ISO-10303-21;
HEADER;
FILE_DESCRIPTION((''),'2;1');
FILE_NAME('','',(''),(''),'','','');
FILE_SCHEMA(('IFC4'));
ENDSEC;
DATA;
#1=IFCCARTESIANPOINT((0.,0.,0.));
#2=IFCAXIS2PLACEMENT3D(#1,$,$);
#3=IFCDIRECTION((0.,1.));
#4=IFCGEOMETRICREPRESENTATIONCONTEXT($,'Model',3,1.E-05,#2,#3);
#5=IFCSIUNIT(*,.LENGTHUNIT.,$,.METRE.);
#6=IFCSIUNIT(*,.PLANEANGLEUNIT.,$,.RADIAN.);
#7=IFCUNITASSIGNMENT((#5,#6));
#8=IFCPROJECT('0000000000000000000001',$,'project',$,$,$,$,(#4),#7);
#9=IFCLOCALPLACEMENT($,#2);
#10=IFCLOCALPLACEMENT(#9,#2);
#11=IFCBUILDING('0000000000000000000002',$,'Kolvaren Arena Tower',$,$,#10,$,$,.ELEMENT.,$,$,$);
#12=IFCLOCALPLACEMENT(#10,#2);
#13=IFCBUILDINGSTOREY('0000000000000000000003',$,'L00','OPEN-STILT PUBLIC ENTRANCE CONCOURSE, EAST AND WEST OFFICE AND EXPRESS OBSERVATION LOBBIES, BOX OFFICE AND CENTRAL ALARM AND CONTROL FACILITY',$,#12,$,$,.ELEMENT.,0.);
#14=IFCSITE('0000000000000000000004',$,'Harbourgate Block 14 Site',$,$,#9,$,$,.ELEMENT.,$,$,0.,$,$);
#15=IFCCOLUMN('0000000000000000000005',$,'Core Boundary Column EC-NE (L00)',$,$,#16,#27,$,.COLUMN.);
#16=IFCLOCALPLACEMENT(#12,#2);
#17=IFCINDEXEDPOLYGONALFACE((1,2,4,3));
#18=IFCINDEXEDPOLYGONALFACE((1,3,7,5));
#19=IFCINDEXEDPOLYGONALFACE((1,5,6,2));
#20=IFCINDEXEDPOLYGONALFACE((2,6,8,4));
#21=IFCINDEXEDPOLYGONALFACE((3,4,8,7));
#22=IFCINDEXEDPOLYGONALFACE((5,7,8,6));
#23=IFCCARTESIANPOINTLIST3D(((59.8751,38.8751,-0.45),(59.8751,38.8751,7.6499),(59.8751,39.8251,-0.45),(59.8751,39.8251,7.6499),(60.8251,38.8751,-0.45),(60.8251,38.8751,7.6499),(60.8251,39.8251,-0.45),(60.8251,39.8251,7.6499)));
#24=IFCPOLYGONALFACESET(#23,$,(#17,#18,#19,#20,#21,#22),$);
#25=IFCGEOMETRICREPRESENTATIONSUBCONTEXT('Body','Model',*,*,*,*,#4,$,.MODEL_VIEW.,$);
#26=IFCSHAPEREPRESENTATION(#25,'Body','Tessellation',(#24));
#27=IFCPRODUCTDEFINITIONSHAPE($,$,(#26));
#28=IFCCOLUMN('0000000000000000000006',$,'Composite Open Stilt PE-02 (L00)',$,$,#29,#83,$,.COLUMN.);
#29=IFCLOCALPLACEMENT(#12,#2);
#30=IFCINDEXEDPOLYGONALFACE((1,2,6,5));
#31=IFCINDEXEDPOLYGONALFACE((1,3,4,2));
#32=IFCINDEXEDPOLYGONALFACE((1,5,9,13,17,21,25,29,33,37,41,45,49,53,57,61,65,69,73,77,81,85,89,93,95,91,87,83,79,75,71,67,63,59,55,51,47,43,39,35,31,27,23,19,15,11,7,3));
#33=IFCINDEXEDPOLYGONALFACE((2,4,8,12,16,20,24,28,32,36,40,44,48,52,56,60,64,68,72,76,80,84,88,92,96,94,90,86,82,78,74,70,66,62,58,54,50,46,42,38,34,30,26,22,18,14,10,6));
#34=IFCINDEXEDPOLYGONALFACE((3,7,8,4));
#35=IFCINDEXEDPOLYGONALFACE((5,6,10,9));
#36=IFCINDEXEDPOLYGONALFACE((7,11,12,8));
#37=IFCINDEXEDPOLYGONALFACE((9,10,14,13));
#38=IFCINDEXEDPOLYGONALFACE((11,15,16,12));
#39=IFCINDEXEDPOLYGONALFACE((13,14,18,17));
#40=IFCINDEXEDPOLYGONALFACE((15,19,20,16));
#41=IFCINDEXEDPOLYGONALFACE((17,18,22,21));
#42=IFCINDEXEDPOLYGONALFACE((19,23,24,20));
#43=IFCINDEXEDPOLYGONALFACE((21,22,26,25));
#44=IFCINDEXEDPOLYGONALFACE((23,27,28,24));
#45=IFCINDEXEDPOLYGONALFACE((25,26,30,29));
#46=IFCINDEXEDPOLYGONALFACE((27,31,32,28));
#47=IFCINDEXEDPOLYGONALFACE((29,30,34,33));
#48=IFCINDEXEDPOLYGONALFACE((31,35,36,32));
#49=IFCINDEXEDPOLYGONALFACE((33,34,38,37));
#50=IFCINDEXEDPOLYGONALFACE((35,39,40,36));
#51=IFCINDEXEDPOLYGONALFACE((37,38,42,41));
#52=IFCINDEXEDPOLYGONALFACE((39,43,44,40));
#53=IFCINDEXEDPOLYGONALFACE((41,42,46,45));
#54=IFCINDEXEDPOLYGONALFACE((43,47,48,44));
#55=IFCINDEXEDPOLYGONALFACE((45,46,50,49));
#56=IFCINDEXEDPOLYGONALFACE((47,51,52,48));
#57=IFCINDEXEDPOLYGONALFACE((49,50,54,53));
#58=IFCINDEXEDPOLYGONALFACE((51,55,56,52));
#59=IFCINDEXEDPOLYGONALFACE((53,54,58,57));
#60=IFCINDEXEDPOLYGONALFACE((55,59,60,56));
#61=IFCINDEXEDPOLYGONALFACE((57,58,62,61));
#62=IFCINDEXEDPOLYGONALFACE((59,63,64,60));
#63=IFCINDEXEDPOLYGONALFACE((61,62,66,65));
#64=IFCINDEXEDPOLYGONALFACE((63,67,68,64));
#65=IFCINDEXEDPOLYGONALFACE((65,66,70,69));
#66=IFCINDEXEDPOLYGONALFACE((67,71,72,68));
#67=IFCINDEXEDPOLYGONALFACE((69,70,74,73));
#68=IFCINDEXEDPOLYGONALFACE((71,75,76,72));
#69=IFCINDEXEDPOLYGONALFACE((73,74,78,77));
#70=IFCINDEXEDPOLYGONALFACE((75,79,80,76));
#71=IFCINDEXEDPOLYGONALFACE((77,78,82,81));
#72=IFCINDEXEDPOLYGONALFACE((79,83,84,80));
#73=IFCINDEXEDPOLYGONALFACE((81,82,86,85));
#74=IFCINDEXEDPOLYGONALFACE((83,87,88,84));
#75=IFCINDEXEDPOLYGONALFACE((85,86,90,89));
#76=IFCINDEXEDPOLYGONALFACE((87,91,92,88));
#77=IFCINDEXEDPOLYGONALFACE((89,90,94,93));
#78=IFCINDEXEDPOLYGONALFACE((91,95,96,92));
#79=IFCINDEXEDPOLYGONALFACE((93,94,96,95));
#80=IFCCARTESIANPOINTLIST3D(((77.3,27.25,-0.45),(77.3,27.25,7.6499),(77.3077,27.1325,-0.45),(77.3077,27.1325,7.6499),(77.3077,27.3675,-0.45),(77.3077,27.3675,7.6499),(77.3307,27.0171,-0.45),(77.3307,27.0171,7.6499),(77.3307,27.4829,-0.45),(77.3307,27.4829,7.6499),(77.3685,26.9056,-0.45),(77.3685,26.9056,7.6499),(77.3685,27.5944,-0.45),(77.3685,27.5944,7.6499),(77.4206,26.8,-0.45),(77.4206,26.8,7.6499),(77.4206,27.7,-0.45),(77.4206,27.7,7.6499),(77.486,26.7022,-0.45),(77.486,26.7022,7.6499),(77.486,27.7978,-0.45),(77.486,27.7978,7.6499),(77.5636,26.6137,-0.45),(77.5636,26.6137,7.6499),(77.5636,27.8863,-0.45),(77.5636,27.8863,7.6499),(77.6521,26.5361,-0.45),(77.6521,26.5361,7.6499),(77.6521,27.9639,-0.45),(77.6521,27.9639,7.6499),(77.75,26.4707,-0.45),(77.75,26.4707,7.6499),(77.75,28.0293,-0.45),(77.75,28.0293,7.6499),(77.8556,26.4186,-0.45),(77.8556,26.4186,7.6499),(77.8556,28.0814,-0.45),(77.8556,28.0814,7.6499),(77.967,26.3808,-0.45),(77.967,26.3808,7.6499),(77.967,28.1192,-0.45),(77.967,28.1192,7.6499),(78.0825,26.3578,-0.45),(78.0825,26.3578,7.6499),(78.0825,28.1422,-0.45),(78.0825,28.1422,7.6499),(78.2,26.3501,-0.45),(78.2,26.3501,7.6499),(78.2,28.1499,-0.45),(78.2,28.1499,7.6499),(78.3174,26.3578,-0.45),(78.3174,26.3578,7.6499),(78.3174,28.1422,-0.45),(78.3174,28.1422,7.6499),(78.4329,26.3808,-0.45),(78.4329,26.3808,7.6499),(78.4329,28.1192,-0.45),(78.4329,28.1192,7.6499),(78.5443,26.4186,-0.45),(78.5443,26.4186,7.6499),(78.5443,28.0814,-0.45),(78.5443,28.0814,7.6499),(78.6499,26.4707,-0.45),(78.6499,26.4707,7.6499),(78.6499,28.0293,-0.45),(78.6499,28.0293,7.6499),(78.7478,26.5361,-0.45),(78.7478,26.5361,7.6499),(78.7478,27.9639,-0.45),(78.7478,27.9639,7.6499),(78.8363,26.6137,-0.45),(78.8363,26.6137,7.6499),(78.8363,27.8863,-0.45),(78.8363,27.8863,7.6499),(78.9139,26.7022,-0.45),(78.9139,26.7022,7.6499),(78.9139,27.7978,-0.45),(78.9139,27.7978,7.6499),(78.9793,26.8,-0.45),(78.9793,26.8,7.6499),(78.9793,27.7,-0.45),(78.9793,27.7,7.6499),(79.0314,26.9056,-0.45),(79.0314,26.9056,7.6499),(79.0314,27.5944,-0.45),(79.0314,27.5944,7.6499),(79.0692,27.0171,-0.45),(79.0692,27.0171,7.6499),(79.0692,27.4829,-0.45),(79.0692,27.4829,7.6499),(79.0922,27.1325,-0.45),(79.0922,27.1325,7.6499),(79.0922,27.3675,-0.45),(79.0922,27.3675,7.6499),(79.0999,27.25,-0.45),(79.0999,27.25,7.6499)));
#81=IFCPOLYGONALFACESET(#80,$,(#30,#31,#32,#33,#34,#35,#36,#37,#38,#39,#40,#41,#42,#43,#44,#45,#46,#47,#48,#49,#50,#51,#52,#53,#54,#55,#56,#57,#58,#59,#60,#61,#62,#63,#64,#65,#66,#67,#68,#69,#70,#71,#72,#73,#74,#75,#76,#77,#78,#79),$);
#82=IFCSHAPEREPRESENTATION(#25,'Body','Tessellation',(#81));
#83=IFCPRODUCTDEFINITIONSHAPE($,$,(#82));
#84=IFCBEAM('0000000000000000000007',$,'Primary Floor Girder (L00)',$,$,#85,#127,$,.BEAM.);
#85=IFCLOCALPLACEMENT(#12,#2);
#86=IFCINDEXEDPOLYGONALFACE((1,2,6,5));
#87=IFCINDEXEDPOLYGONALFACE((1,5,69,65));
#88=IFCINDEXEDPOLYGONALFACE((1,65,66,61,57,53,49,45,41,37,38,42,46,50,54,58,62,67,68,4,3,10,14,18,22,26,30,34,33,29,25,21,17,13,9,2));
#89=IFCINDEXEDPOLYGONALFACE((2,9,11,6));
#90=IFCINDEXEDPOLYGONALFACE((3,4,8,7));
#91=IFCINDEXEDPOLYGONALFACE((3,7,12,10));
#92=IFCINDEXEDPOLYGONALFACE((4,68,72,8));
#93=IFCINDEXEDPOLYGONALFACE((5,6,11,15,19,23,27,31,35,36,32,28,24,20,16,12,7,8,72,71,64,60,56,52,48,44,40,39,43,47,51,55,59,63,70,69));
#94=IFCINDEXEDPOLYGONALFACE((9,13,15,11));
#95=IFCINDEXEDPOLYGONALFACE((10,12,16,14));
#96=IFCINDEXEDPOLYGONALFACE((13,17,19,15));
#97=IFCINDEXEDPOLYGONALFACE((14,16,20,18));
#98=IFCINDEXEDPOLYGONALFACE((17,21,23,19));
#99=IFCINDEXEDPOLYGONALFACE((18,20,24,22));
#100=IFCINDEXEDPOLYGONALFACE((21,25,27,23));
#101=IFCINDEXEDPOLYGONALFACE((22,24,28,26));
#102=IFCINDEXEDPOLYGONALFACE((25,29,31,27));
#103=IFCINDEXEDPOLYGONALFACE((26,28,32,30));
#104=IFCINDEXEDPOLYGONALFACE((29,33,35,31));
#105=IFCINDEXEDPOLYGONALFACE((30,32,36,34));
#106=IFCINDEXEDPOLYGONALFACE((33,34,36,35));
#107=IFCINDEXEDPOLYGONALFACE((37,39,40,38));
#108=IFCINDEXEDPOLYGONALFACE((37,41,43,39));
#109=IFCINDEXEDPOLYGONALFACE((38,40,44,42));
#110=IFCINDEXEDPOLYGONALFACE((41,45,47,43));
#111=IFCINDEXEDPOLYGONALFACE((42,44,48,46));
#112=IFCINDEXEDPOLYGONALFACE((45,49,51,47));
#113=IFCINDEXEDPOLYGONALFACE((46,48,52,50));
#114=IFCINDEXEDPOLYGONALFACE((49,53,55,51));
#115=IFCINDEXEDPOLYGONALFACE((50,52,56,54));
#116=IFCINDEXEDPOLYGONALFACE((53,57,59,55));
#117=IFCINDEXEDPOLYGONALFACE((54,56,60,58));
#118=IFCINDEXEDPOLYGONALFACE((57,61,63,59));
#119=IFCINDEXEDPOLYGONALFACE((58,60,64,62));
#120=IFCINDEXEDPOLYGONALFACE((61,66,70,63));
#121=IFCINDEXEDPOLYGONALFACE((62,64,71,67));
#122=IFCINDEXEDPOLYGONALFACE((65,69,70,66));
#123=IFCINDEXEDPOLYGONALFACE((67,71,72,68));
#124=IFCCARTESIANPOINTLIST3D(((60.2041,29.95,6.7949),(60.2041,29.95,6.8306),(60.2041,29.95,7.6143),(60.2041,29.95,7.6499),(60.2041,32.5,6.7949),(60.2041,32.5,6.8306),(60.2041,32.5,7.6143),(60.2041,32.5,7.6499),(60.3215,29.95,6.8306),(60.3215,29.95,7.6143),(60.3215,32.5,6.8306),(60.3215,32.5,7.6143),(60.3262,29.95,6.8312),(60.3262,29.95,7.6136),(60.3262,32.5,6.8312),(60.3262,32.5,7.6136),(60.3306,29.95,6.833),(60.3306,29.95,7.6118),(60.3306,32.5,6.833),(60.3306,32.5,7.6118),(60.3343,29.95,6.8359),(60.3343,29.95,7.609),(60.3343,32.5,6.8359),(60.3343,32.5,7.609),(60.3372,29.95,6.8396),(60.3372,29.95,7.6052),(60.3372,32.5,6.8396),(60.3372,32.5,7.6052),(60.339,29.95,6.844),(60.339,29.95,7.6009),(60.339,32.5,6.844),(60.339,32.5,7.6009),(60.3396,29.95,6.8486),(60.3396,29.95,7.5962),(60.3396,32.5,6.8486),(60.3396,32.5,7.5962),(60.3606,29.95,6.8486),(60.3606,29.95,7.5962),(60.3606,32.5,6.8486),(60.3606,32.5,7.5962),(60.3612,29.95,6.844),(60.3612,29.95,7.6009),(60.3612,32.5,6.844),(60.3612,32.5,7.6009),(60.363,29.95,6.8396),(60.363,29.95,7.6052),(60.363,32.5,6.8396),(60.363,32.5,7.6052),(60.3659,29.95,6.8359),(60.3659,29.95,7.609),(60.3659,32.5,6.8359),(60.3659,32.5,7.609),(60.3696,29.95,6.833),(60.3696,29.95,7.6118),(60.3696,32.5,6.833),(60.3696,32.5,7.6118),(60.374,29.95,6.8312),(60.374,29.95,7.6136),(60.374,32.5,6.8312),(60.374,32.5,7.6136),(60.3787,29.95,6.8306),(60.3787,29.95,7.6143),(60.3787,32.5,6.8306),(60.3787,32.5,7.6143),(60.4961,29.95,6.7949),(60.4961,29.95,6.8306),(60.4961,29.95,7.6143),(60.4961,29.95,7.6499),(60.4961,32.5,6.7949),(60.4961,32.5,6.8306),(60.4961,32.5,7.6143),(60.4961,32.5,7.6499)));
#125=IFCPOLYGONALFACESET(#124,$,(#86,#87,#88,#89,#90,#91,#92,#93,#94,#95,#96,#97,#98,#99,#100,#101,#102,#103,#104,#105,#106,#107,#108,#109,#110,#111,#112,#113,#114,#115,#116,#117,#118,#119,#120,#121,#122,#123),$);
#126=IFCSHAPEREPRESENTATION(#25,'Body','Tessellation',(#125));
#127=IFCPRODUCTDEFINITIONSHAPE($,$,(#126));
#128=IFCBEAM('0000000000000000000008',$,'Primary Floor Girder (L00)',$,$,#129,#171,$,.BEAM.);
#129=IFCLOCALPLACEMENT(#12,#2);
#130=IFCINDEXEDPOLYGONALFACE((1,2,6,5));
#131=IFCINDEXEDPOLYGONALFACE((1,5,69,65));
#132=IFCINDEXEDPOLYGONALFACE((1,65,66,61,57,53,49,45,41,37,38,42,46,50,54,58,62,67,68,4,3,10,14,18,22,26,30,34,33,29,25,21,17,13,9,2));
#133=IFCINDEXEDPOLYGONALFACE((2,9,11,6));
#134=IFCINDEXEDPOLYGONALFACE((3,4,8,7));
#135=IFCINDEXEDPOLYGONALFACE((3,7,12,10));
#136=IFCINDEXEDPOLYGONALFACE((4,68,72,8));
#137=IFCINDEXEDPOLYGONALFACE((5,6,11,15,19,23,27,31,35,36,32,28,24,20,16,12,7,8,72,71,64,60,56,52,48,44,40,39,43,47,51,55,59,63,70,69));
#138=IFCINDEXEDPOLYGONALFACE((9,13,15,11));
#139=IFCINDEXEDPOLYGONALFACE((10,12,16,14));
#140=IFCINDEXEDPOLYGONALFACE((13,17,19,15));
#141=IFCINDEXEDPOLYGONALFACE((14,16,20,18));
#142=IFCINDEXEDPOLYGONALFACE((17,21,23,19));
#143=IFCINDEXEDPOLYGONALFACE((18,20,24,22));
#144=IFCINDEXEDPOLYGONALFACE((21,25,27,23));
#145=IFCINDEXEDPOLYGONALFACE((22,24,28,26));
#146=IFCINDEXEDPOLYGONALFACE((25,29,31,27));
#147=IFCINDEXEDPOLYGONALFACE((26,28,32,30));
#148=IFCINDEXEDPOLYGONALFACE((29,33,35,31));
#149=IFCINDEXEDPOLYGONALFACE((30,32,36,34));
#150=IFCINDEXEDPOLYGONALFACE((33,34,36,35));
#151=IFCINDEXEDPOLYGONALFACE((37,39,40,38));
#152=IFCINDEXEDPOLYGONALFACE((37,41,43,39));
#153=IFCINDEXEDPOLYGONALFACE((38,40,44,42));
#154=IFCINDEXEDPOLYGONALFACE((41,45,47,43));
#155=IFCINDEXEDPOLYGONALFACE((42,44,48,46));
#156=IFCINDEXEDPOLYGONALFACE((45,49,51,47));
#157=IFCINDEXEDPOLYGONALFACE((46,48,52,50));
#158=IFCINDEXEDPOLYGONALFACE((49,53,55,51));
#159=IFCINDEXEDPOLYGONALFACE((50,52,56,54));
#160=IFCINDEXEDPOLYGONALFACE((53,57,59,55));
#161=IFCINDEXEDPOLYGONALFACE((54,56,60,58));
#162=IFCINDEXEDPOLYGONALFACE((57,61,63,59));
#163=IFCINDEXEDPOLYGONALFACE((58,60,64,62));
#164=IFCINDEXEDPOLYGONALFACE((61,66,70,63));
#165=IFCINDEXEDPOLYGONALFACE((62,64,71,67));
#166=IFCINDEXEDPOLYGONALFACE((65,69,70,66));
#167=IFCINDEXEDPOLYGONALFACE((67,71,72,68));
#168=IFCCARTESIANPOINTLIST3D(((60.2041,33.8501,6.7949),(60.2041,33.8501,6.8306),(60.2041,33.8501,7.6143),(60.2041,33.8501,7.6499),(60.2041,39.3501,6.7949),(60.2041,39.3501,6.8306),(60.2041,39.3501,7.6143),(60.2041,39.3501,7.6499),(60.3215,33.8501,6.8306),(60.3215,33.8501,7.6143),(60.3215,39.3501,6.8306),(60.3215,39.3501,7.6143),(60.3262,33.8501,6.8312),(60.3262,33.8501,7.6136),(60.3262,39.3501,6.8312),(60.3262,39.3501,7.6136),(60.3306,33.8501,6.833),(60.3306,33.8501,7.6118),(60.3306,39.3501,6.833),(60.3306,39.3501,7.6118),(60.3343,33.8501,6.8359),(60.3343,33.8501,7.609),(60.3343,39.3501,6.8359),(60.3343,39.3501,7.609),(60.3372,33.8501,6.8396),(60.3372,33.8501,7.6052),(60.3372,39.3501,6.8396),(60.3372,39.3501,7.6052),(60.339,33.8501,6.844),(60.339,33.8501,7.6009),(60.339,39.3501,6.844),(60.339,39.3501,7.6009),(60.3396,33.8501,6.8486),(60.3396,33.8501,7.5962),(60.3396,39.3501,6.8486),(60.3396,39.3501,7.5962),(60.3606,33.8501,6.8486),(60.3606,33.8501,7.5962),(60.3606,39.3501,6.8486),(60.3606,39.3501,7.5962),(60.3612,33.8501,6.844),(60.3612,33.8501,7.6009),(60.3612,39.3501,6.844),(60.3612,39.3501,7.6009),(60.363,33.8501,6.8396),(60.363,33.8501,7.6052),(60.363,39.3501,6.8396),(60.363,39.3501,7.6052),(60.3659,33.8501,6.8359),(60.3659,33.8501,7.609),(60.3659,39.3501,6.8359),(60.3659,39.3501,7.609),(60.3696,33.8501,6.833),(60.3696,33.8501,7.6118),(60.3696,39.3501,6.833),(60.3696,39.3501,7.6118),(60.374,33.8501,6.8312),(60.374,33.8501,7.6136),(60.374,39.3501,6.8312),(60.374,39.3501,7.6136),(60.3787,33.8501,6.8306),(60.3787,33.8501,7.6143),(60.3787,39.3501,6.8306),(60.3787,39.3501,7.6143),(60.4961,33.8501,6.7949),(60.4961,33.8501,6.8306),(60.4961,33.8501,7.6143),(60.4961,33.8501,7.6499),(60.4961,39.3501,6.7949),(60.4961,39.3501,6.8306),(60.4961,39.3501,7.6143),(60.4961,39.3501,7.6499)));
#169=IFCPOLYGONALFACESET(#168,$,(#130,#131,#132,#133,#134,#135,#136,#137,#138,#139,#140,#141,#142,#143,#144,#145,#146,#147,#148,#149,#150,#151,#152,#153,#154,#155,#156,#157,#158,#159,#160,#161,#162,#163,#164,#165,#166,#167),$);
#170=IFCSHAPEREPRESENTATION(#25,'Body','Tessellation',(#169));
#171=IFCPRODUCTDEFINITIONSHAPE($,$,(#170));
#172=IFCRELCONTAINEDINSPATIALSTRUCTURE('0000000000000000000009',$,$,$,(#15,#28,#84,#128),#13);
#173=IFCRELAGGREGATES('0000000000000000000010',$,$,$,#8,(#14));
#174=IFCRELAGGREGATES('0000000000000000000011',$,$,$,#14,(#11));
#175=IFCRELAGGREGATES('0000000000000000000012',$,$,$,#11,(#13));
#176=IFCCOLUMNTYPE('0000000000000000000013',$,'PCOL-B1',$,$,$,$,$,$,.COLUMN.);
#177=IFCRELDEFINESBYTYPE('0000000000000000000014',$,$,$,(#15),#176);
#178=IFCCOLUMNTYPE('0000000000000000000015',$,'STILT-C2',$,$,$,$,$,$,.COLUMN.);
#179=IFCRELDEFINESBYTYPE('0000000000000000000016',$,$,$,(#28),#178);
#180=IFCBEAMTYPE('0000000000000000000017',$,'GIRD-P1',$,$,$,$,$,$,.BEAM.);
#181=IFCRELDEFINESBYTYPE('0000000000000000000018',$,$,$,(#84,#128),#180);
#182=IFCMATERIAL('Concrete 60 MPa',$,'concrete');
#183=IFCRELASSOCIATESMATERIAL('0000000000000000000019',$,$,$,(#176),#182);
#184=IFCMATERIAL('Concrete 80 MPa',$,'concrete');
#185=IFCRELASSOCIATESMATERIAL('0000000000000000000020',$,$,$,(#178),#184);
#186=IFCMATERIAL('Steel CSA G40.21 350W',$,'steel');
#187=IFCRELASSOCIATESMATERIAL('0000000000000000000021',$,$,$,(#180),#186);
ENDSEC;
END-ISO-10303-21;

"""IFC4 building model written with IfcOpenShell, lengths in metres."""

from ifc_helpers import new_model, si_unit, direction, frame, origin, origin_2d, place, context, subcontext, project, spatial, rectangle, circle, i_section, extrude, material, material_profile, profile_set, type_object, element, save


model = new_model("IFC4")

# Units and contexts
model_context = context("Model", 3, precision=1e-05, world=origin(), true_north=direction((0.0, 1.0)))
body_context = subcontext(model_context, "Body", "Model", "MODEL_VIEW")
ifc_project = project(units=[si_unit("LENGTHUNIT", "METRE"), si_unit("PLANEANGLEUNIT", "RADIAN")], contexts=[model_context])

# Site, building, storey
site_placement = place(None, origin())
site = spatial("IfcSite", under=ifc_project, at=site_placement, Name="Harbourgate Block 14 Site", CompositionType="ELEMENT", RefElevation=0.0)
building_placement = place(site_placement, origin())
building = spatial("IfcBuilding", under=site, at=building_placement, Name="Kolvaren Arena Tower", CompositionType="ELEMENT")
storey_placement = place(building_placement, origin())
storey = spatial("IfcBuildingStorey", under=building, at=storey_placement, Name="L00", Description="OPEN-STILT PUBLIC ENTRANCE CONCOURSE, EAST AND WEST OFFICE AND EXPRESS OBSERVATION LOBBIES, BOX OFFICE AND CENTRAL ALARM AND CONTROL FACILITY", CompositionType="ELEMENT", Elevation=0.0)

# Columns
ifc_material_1 = material(Name="Concrete 60 MPa", Category="concrete")
ifc_material_profile_1 = material_profile(ifc_material_1, rectangle(XDim=0.95, YDim=0.95, at=origin_2d()), Name="RC-950x950")
ifc_profile_set_1 = profile_set([ifc_material_profile_1], Name="Concrete 60 MPa")
column_type_1 = type_object("IfcColumnType", Name="PCOL-B1", PredefinedType="COLUMN", material=ifc_profile_set_1)
column_1_placement = place(storey_placement, frame((60.3501, 39.3501, -0.45), z_axis=(0.0, 0.0, 1.0), x_axis=(1.0, 0.0, 0.0)))
element("IfcColumn", 1, at=column_1_placement, inside=storey, type_object=column_type_1, Name="Core Boundary Column EC-NE (L00)", PredefinedType="COLUMN", context=body_context, shape_type="SweptSolid", body=[
    extrude(rectangle(XDim=0.95, YDim=0.95, at=origin_2d()), origin(), (0.0, 0.0, 1.0), 8.0999),
])
ifc_material_2 = material(Name="Concrete 80 MPa", Category="concrete")
ifc_material_profile_2 = material_profile(ifc_material_2, circle(Radius=0.8999, at=origin_2d()), Name="RC-CIRC-1800")
ifc_profile_set_2 = profile_set([ifc_material_profile_2], Name="Concrete 80 MPa")
column_type_2 = type_object("IfcColumnType", Name="STILT-C2", PredefinedType="COLUMN", material=ifc_profile_set_2)
column_2_placement = place(storey_placement, frame((78.2, 27.25, -0.45), z_axis=(0.0, 0.0, 1.0), x_axis=(1.0, 0.0, 0.0)))
element("IfcColumn", 2, at=column_2_placement, inside=storey, type_object=column_type_2, Name="Composite Open Stilt PE-02 (L00)", PredefinedType="COLUMN", context=body_context, shape_type="SweptSolid", body=[
    extrude(circle(Radius=0.8999, at=origin_2d()), origin(), (0.0, 0.0, 1.0), 8.0999),
])

# Beams
ifc_material_3 = material(Name="Steel CSA G40.21 350W", Category="steel")
ifc_material_profile_3 = material_profile(ifc_material_3, i_section(OverallWidth=0.292, OverallDepth=0.855, WebThickness=0.021, FlangeThickness=0.0356, FilletRadius=0.0181, at=origin_2d()), Name="W840x299")
ifc_profile_set_3 = profile_set([ifc_material_profile_3], Name="Steel CSA G40.21 350W")
beam_type_1 = type_object("IfcBeamType", Name="GIRD-P1", PredefinedType="BEAM", material=ifc_profile_set_3)
beam_1_placement = place(storey_placement, frame((60.3501, 29.95, 7.2224), z_axis=(0.0, 1.0, 0.0), x_axis=(-1.0, 0.0, 0.0)))
element("IfcBeam", 3, at=beam_1_placement, inside=storey, type_object=beam_type_1, Name="Primary Floor Girder (L00)", PredefinedType="BEAM", context=body_context, shape_type="SweptSolid", body=[
    extrude(i_section(OverallWidth=0.292, OverallDepth=0.855, WebThickness=0.021, FlangeThickness=0.0356, FilletRadius=0.0181, at=origin_2d()), origin(), (0.0, 0.0, 1.0), 2.55),
])
beam_2_placement = place(storey_placement, frame((60.3501, 33.8501, 7.2224), z_axis=(0.0, 1.0, 0.0), x_axis=(-1.0, 0.0, 0.0)))
element("IfcBeam", 4, at=beam_2_placement, inside=storey, type_object=beam_type_1, Name="Primary Floor Girder (L00)", PredefinedType="BEAM", context=body_context, shape_type="SweptSolid", body=[
    extrude(i_section(OverallWidth=0.292, OverallDepth=0.855, WebThickness=0.021, FlangeThickness=0.0356, FilletRadius=0.0181, at=origin_2d()), origin(), (0.0, 0.0, 1.0), 5.5),
])

save(model, "model.ifc")
